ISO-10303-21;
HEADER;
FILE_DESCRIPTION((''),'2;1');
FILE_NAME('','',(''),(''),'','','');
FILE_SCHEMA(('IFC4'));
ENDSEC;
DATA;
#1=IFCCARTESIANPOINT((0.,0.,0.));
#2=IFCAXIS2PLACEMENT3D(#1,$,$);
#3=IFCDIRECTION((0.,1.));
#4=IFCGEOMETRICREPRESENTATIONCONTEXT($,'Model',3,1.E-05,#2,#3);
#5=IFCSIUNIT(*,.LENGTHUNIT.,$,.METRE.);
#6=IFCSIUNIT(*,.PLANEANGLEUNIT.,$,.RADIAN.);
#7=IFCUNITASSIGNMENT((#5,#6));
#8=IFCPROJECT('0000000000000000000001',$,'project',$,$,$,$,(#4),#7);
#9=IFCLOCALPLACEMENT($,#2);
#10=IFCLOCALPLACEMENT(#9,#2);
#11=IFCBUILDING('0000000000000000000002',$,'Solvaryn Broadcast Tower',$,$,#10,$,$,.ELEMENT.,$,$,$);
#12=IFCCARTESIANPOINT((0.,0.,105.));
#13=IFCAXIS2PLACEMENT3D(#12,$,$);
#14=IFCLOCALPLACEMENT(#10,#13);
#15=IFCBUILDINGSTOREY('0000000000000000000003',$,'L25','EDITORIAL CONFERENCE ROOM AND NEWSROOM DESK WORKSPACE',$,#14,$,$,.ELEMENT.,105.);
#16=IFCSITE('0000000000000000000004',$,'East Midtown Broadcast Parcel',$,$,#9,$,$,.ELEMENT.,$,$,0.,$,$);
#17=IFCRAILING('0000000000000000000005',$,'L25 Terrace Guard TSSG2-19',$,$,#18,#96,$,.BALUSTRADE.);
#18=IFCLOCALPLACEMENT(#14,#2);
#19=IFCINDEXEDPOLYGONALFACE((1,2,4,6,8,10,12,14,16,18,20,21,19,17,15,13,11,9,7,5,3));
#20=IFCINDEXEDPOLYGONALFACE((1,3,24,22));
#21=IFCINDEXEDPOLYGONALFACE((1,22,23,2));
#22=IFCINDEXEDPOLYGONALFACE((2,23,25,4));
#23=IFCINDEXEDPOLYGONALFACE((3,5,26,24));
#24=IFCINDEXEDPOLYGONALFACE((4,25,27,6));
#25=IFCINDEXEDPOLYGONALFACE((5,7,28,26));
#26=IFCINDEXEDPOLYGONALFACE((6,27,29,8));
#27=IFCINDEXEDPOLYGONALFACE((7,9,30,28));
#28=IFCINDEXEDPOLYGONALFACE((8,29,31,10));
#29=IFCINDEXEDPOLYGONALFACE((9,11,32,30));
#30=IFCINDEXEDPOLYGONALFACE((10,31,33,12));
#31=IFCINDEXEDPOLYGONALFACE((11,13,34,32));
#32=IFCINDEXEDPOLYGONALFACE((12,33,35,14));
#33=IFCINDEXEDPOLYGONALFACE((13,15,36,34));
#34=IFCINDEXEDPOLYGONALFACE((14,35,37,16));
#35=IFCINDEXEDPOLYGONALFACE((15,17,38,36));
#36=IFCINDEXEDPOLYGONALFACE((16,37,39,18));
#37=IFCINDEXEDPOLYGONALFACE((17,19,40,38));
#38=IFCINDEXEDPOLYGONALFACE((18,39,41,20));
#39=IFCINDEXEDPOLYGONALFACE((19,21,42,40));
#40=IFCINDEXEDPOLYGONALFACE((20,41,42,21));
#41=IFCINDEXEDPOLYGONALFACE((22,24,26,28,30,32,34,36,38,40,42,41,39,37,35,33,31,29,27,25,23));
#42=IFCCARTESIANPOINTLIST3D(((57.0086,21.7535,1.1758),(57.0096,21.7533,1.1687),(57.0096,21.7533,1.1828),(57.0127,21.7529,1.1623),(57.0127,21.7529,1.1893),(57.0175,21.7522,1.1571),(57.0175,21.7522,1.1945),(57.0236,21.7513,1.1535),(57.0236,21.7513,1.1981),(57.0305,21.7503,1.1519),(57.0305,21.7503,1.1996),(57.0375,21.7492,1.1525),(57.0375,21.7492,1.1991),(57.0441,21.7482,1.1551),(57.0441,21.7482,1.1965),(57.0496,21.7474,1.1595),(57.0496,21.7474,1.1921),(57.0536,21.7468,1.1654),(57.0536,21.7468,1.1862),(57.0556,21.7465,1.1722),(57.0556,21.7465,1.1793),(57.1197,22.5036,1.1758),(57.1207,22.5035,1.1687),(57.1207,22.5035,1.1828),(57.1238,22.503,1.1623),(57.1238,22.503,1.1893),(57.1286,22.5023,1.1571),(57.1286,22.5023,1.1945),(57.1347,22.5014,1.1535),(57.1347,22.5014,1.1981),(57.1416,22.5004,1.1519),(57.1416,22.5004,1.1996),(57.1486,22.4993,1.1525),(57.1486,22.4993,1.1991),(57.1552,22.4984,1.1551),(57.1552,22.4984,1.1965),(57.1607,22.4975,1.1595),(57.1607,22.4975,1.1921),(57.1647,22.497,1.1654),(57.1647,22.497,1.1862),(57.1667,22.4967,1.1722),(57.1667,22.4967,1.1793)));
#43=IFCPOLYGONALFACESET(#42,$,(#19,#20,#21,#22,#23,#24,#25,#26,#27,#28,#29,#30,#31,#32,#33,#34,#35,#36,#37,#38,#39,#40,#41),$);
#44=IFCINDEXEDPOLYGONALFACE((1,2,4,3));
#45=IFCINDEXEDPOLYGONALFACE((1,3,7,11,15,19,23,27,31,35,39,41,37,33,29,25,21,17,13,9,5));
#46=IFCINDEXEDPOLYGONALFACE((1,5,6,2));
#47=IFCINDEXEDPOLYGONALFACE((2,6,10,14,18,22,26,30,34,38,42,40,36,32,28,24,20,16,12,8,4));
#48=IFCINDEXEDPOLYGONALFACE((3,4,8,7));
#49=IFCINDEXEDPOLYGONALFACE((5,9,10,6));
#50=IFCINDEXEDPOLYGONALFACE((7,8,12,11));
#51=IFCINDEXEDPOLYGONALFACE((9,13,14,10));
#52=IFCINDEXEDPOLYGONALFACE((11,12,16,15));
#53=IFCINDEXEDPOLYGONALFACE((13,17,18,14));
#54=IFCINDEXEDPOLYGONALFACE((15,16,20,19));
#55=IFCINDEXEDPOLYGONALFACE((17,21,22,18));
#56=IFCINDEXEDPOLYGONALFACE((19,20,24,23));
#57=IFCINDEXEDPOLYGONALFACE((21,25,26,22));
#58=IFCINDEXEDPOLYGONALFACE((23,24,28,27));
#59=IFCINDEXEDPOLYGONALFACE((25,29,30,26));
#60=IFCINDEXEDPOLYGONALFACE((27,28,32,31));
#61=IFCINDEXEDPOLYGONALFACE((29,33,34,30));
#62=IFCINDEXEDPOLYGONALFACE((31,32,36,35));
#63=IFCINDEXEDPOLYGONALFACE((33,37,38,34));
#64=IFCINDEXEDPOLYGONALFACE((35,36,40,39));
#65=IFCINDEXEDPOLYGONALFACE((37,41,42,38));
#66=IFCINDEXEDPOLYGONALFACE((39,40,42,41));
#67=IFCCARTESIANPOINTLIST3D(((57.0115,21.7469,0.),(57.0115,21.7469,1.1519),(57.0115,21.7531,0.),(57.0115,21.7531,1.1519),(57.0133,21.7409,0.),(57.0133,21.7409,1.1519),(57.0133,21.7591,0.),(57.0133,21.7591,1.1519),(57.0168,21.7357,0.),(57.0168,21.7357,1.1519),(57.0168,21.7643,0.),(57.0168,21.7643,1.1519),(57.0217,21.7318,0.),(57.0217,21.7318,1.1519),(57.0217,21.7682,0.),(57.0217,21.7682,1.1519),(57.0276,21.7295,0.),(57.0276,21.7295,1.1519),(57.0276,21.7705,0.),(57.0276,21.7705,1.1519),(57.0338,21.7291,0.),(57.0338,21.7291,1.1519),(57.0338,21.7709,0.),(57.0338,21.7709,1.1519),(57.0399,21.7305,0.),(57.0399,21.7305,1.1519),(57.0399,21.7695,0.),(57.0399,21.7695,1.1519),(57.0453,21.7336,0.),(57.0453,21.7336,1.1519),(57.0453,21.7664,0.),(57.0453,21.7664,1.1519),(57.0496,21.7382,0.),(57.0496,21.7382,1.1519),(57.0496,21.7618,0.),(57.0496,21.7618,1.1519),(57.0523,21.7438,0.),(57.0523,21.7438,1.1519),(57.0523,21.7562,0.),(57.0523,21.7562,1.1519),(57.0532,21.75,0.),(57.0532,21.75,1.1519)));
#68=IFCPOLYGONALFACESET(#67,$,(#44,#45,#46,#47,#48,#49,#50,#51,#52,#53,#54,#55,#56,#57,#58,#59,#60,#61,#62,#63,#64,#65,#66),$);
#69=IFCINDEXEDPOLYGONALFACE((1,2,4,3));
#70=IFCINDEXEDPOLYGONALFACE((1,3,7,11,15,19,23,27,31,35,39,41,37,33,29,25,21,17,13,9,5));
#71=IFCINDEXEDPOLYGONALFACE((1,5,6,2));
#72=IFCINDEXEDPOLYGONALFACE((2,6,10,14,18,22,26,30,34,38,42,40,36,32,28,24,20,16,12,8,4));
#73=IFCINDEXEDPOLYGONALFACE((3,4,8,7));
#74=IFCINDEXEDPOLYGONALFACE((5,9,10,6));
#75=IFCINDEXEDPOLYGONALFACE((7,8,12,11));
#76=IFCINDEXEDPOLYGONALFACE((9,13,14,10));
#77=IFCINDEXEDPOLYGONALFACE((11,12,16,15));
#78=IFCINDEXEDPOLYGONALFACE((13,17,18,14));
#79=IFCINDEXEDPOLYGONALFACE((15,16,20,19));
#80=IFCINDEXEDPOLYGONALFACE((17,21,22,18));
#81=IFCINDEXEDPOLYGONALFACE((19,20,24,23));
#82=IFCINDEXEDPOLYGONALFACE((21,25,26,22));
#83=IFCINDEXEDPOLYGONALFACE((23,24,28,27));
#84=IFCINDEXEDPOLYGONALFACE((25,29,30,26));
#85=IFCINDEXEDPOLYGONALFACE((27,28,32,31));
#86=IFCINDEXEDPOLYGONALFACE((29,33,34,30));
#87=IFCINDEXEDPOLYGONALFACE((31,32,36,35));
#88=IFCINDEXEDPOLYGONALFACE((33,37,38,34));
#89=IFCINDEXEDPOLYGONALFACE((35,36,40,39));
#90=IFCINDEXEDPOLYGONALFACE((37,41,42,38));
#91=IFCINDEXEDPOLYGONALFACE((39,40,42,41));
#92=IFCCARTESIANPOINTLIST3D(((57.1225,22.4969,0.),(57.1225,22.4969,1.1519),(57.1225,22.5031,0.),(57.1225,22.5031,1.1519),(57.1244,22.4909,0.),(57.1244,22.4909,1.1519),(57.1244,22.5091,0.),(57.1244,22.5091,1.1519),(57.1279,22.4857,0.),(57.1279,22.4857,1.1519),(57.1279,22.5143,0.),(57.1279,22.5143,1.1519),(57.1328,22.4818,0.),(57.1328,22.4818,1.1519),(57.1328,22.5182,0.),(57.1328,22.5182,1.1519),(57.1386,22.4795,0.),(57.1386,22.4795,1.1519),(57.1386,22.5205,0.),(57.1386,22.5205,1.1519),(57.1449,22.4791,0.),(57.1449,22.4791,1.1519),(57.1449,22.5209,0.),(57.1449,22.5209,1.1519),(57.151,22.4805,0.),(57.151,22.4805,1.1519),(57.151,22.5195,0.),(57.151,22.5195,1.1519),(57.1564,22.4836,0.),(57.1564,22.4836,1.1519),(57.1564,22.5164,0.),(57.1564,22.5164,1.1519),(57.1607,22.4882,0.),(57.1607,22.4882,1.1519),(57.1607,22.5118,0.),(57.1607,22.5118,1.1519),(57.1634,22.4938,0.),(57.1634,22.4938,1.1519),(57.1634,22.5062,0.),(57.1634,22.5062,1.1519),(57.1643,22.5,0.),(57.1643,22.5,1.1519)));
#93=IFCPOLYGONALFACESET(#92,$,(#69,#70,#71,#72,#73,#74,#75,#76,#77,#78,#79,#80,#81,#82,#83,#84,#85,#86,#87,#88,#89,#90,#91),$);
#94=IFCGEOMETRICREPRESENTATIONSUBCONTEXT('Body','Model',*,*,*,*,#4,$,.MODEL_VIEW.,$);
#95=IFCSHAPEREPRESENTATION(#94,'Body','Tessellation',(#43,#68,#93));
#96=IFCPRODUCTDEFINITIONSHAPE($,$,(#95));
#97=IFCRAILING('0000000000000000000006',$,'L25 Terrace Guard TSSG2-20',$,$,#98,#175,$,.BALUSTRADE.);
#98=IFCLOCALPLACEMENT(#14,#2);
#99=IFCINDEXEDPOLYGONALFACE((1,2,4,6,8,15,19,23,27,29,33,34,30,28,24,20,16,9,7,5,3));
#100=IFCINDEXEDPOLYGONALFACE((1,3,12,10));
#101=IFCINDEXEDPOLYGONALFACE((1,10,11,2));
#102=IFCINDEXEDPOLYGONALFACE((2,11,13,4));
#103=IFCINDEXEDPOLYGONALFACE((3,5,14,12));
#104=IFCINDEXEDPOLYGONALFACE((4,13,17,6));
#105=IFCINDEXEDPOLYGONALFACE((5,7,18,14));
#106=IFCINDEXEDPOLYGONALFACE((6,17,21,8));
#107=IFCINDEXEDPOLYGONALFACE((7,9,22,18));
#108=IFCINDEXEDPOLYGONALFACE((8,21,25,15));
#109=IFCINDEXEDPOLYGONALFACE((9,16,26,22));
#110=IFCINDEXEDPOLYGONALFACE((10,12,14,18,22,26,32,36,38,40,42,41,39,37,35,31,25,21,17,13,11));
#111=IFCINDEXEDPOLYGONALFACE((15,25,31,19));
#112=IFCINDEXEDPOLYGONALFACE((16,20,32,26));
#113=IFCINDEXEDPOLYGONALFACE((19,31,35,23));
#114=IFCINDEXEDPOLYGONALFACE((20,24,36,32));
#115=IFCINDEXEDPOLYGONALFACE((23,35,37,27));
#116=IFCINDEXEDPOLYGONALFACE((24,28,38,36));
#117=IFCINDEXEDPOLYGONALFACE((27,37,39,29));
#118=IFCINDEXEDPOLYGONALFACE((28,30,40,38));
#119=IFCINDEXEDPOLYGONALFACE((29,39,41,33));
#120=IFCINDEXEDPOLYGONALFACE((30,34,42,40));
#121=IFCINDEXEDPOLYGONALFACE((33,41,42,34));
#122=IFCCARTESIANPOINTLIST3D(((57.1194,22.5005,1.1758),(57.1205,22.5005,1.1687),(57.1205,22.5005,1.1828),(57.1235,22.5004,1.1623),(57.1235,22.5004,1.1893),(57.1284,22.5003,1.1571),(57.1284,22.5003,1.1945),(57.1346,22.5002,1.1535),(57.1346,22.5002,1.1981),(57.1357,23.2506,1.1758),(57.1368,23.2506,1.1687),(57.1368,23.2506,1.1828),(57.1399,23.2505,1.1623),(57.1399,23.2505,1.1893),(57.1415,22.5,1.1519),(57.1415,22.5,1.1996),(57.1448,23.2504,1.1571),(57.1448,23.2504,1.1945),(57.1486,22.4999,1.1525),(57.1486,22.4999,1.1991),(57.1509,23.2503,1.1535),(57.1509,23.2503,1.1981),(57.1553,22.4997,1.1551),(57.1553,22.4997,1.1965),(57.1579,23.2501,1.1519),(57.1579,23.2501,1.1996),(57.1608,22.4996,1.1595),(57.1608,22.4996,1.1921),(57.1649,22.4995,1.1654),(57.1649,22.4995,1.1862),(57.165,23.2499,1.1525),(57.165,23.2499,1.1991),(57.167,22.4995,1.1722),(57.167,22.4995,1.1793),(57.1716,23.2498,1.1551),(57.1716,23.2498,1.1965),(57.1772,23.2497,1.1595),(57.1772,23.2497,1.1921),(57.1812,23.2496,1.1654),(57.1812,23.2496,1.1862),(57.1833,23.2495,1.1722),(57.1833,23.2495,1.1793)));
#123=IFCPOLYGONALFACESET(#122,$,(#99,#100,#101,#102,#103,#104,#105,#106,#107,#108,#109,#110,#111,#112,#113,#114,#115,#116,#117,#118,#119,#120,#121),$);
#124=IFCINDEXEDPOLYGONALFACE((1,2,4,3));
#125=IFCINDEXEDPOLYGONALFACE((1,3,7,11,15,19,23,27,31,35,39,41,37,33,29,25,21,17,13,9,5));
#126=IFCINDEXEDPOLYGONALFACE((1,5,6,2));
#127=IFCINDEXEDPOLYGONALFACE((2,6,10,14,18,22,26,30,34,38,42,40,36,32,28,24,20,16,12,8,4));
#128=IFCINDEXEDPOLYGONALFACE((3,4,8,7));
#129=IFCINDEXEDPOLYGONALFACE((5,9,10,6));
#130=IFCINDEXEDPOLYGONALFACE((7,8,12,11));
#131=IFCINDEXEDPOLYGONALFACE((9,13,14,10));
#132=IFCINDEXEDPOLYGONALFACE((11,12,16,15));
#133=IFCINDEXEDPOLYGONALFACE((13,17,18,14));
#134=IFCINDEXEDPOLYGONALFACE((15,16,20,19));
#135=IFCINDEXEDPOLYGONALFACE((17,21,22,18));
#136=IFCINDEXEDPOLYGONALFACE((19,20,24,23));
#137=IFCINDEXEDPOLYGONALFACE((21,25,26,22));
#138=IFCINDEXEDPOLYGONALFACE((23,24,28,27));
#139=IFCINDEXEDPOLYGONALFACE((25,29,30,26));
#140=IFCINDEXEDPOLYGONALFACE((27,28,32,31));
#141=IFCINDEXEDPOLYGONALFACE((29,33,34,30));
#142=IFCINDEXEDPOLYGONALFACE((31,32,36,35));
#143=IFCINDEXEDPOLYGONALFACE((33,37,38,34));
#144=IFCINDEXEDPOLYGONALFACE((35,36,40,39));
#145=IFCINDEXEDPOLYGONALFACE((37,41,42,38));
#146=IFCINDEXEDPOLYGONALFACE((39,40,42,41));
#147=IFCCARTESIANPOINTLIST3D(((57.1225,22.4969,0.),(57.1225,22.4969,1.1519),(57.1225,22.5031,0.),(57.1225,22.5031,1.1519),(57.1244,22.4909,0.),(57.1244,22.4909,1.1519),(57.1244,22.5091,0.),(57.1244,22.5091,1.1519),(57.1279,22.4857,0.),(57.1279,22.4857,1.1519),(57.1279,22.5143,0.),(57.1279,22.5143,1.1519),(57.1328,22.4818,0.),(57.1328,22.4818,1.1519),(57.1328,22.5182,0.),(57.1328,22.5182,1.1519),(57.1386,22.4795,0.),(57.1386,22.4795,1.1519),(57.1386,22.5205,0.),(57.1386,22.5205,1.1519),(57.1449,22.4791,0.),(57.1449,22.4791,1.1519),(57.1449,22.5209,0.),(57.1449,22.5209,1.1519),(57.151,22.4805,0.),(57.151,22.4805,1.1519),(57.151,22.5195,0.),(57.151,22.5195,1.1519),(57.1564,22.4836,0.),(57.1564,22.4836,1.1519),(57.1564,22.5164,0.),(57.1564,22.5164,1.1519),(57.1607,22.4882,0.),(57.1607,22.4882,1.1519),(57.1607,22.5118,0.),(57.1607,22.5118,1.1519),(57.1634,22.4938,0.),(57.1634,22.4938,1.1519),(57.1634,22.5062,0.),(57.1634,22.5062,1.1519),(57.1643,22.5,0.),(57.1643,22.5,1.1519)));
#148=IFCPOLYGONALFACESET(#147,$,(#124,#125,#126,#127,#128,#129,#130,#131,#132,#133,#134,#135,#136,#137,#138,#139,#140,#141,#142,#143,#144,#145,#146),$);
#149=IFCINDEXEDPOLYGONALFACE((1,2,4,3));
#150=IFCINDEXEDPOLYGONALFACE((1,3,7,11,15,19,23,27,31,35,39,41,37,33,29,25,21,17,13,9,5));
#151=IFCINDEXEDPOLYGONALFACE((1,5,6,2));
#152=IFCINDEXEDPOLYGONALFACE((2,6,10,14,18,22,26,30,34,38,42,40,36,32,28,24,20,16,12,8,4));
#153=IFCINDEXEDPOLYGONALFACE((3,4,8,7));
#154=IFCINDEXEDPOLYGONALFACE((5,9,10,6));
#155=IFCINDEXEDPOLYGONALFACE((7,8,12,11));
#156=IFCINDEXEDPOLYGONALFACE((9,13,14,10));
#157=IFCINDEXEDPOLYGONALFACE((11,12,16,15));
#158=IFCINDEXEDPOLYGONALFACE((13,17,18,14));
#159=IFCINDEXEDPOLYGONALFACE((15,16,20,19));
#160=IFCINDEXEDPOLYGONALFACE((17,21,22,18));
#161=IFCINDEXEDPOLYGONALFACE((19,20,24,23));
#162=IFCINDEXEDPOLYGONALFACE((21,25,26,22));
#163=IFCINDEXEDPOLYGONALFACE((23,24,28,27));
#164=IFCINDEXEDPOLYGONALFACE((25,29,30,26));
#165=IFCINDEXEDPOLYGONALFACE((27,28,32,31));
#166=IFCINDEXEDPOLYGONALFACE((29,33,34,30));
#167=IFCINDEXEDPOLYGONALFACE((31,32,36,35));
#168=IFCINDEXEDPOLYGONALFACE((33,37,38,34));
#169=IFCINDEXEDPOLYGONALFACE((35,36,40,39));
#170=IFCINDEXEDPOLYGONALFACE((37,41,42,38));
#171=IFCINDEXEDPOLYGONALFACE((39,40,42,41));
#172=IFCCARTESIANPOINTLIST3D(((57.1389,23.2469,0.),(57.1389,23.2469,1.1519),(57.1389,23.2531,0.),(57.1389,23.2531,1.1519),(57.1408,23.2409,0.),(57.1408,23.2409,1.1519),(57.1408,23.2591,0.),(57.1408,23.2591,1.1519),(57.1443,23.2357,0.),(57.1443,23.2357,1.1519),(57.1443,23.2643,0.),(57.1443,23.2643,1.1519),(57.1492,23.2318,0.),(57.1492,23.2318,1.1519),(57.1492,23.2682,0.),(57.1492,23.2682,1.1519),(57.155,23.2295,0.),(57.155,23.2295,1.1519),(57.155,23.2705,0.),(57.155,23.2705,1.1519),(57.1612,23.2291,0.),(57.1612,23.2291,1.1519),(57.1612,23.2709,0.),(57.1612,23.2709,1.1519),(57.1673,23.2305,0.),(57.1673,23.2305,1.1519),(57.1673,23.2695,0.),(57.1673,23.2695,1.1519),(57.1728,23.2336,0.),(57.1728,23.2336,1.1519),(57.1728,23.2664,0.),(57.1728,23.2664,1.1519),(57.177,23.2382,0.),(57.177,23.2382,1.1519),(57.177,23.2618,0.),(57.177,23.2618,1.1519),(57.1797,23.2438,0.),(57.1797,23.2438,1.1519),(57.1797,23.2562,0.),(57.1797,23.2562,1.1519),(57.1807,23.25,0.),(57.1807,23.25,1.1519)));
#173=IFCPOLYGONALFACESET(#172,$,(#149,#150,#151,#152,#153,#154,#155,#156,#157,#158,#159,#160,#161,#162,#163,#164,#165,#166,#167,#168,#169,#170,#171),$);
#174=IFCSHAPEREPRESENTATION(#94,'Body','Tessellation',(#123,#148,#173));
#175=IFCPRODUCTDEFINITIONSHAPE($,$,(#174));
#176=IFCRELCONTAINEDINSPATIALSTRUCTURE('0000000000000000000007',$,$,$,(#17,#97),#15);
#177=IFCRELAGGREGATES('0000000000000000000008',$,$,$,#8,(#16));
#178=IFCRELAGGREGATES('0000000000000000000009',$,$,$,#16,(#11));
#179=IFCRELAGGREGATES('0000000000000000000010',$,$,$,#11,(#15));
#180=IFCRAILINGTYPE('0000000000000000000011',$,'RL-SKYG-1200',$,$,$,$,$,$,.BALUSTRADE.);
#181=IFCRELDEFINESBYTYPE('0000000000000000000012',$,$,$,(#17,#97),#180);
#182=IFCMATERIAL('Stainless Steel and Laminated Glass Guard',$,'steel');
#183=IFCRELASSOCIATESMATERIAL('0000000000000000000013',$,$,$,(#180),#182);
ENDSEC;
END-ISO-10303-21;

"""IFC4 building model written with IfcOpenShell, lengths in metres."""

from ifc_helpers import new_model, si_unit, direction, frame, origin, origin_2d, place, context, subcontext, project, spatial, circle, extrude, material, type_object, element, save


model = new_model("IFC4")

# Units and contexts
model_context = context("Model", 3, precision=1e-05, world=origin(), true_north=direction((0.0, 1.0)))
body_context = subcontext(model_context, "Body", "Model", "MODEL_VIEW")
ifc_project = project(units=[si_unit("LENGTHUNIT", "METRE"), si_unit("PLANEANGLEUNIT", "RADIAN")], contexts=[model_context])

# Site, building, storey
site_placement = place(None, origin())
site = spatial("IfcSite", under=ifc_project, at=site_placement, Name="East Midtown Broadcast Parcel", CompositionType="ELEMENT", RefElevation=0.0)
building_placement = place(site_placement, origin())
building = spatial("IfcBuilding", under=site, at=building_placement, Name="Solvaryn Broadcast Tower", CompositionType="ELEMENT")
storey_placement = place(building_placement, frame((0.0, 0.0, 105.0)))
storey = spatial("IfcBuildingStorey", under=building, at=storey_placement, Name="L25", Description="EDITORIAL CONFERENCE ROOM AND NEWSROOM DESK WORKSPACE", CompositionType="ELEMENT", Elevation=105.0)

# Railings
ifc_material_1 = material(Name="Stainless Steel and Laminated Glass Guard", Category="steel")
railing_type = type_object("IfcRailingType", Name="RL-SKYG-1200", PredefinedType="BALUSTRADE", material=ifc_material_1)
railing_1_placement = place(storey_placement, frame((57.0322, 21.75, 0.0)))
element("IfcRailing", 1, at=railing_1_placement, inside=storey, type_object=railing_type, Name="L25 Terrace Guard TSSG2-19", PredefinedType="BALUSTRADE", context=body_context, shape_type="SweptSolid", body=[
    extrude(circle(Radius=0.0239, at=origin_2d()), frame((0.0, 0.0, 1.1758), z_axis=(0.146514, 0.989209, 0.0), x_axis=(-0.989209, 0.146514, 0.0)), (0.0, 0.0, 1.0), 0.7583),
    extrude(circle(Radius=0.021, at=origin_2d()), origin(), (0.0, 0.0, 1.0), 1.1519),
    extrude(circle(Radius=0.021, at=origin_2d()), frame((0.1111, 0.75, 0.0)), (0.0, 0.0, 1.0), 1.1519),
])
railing_2_placement = place(storey_placement, frame((57.1433, 22.5, 0.0)))
element("IfcRailing", 2, at=railing_2_placement, inside=storey, type_object=railing_type, Name="L25 Terrace Guard TSSG2-20", PredefinedType="BALUSTRADE", context=body_context, shape_type="SweptSolid", body=[
    extrude(circle(Radius=0.0239, at=origin_2d()), frame((0.0, 0.0, 1.1758), z_axis=(0.021805, 0.999762, 0.0), x_axis=(-0.999762, 0.021805, 0.0)), (0.0, 0.0, 1.0), 0.7502),
    extrude(circle(Radius=0.021, at=origin_2d()), origin(), (0.0, 0.0, 1.0), 1.1519),
    extrude(circle(Radius=0.021, at=origin_2d()), frame((0.0164, 0.75, 0.0)), (0.0, 0.0, 1.0), 1.1519),
])

save(model, "model.ifc")
